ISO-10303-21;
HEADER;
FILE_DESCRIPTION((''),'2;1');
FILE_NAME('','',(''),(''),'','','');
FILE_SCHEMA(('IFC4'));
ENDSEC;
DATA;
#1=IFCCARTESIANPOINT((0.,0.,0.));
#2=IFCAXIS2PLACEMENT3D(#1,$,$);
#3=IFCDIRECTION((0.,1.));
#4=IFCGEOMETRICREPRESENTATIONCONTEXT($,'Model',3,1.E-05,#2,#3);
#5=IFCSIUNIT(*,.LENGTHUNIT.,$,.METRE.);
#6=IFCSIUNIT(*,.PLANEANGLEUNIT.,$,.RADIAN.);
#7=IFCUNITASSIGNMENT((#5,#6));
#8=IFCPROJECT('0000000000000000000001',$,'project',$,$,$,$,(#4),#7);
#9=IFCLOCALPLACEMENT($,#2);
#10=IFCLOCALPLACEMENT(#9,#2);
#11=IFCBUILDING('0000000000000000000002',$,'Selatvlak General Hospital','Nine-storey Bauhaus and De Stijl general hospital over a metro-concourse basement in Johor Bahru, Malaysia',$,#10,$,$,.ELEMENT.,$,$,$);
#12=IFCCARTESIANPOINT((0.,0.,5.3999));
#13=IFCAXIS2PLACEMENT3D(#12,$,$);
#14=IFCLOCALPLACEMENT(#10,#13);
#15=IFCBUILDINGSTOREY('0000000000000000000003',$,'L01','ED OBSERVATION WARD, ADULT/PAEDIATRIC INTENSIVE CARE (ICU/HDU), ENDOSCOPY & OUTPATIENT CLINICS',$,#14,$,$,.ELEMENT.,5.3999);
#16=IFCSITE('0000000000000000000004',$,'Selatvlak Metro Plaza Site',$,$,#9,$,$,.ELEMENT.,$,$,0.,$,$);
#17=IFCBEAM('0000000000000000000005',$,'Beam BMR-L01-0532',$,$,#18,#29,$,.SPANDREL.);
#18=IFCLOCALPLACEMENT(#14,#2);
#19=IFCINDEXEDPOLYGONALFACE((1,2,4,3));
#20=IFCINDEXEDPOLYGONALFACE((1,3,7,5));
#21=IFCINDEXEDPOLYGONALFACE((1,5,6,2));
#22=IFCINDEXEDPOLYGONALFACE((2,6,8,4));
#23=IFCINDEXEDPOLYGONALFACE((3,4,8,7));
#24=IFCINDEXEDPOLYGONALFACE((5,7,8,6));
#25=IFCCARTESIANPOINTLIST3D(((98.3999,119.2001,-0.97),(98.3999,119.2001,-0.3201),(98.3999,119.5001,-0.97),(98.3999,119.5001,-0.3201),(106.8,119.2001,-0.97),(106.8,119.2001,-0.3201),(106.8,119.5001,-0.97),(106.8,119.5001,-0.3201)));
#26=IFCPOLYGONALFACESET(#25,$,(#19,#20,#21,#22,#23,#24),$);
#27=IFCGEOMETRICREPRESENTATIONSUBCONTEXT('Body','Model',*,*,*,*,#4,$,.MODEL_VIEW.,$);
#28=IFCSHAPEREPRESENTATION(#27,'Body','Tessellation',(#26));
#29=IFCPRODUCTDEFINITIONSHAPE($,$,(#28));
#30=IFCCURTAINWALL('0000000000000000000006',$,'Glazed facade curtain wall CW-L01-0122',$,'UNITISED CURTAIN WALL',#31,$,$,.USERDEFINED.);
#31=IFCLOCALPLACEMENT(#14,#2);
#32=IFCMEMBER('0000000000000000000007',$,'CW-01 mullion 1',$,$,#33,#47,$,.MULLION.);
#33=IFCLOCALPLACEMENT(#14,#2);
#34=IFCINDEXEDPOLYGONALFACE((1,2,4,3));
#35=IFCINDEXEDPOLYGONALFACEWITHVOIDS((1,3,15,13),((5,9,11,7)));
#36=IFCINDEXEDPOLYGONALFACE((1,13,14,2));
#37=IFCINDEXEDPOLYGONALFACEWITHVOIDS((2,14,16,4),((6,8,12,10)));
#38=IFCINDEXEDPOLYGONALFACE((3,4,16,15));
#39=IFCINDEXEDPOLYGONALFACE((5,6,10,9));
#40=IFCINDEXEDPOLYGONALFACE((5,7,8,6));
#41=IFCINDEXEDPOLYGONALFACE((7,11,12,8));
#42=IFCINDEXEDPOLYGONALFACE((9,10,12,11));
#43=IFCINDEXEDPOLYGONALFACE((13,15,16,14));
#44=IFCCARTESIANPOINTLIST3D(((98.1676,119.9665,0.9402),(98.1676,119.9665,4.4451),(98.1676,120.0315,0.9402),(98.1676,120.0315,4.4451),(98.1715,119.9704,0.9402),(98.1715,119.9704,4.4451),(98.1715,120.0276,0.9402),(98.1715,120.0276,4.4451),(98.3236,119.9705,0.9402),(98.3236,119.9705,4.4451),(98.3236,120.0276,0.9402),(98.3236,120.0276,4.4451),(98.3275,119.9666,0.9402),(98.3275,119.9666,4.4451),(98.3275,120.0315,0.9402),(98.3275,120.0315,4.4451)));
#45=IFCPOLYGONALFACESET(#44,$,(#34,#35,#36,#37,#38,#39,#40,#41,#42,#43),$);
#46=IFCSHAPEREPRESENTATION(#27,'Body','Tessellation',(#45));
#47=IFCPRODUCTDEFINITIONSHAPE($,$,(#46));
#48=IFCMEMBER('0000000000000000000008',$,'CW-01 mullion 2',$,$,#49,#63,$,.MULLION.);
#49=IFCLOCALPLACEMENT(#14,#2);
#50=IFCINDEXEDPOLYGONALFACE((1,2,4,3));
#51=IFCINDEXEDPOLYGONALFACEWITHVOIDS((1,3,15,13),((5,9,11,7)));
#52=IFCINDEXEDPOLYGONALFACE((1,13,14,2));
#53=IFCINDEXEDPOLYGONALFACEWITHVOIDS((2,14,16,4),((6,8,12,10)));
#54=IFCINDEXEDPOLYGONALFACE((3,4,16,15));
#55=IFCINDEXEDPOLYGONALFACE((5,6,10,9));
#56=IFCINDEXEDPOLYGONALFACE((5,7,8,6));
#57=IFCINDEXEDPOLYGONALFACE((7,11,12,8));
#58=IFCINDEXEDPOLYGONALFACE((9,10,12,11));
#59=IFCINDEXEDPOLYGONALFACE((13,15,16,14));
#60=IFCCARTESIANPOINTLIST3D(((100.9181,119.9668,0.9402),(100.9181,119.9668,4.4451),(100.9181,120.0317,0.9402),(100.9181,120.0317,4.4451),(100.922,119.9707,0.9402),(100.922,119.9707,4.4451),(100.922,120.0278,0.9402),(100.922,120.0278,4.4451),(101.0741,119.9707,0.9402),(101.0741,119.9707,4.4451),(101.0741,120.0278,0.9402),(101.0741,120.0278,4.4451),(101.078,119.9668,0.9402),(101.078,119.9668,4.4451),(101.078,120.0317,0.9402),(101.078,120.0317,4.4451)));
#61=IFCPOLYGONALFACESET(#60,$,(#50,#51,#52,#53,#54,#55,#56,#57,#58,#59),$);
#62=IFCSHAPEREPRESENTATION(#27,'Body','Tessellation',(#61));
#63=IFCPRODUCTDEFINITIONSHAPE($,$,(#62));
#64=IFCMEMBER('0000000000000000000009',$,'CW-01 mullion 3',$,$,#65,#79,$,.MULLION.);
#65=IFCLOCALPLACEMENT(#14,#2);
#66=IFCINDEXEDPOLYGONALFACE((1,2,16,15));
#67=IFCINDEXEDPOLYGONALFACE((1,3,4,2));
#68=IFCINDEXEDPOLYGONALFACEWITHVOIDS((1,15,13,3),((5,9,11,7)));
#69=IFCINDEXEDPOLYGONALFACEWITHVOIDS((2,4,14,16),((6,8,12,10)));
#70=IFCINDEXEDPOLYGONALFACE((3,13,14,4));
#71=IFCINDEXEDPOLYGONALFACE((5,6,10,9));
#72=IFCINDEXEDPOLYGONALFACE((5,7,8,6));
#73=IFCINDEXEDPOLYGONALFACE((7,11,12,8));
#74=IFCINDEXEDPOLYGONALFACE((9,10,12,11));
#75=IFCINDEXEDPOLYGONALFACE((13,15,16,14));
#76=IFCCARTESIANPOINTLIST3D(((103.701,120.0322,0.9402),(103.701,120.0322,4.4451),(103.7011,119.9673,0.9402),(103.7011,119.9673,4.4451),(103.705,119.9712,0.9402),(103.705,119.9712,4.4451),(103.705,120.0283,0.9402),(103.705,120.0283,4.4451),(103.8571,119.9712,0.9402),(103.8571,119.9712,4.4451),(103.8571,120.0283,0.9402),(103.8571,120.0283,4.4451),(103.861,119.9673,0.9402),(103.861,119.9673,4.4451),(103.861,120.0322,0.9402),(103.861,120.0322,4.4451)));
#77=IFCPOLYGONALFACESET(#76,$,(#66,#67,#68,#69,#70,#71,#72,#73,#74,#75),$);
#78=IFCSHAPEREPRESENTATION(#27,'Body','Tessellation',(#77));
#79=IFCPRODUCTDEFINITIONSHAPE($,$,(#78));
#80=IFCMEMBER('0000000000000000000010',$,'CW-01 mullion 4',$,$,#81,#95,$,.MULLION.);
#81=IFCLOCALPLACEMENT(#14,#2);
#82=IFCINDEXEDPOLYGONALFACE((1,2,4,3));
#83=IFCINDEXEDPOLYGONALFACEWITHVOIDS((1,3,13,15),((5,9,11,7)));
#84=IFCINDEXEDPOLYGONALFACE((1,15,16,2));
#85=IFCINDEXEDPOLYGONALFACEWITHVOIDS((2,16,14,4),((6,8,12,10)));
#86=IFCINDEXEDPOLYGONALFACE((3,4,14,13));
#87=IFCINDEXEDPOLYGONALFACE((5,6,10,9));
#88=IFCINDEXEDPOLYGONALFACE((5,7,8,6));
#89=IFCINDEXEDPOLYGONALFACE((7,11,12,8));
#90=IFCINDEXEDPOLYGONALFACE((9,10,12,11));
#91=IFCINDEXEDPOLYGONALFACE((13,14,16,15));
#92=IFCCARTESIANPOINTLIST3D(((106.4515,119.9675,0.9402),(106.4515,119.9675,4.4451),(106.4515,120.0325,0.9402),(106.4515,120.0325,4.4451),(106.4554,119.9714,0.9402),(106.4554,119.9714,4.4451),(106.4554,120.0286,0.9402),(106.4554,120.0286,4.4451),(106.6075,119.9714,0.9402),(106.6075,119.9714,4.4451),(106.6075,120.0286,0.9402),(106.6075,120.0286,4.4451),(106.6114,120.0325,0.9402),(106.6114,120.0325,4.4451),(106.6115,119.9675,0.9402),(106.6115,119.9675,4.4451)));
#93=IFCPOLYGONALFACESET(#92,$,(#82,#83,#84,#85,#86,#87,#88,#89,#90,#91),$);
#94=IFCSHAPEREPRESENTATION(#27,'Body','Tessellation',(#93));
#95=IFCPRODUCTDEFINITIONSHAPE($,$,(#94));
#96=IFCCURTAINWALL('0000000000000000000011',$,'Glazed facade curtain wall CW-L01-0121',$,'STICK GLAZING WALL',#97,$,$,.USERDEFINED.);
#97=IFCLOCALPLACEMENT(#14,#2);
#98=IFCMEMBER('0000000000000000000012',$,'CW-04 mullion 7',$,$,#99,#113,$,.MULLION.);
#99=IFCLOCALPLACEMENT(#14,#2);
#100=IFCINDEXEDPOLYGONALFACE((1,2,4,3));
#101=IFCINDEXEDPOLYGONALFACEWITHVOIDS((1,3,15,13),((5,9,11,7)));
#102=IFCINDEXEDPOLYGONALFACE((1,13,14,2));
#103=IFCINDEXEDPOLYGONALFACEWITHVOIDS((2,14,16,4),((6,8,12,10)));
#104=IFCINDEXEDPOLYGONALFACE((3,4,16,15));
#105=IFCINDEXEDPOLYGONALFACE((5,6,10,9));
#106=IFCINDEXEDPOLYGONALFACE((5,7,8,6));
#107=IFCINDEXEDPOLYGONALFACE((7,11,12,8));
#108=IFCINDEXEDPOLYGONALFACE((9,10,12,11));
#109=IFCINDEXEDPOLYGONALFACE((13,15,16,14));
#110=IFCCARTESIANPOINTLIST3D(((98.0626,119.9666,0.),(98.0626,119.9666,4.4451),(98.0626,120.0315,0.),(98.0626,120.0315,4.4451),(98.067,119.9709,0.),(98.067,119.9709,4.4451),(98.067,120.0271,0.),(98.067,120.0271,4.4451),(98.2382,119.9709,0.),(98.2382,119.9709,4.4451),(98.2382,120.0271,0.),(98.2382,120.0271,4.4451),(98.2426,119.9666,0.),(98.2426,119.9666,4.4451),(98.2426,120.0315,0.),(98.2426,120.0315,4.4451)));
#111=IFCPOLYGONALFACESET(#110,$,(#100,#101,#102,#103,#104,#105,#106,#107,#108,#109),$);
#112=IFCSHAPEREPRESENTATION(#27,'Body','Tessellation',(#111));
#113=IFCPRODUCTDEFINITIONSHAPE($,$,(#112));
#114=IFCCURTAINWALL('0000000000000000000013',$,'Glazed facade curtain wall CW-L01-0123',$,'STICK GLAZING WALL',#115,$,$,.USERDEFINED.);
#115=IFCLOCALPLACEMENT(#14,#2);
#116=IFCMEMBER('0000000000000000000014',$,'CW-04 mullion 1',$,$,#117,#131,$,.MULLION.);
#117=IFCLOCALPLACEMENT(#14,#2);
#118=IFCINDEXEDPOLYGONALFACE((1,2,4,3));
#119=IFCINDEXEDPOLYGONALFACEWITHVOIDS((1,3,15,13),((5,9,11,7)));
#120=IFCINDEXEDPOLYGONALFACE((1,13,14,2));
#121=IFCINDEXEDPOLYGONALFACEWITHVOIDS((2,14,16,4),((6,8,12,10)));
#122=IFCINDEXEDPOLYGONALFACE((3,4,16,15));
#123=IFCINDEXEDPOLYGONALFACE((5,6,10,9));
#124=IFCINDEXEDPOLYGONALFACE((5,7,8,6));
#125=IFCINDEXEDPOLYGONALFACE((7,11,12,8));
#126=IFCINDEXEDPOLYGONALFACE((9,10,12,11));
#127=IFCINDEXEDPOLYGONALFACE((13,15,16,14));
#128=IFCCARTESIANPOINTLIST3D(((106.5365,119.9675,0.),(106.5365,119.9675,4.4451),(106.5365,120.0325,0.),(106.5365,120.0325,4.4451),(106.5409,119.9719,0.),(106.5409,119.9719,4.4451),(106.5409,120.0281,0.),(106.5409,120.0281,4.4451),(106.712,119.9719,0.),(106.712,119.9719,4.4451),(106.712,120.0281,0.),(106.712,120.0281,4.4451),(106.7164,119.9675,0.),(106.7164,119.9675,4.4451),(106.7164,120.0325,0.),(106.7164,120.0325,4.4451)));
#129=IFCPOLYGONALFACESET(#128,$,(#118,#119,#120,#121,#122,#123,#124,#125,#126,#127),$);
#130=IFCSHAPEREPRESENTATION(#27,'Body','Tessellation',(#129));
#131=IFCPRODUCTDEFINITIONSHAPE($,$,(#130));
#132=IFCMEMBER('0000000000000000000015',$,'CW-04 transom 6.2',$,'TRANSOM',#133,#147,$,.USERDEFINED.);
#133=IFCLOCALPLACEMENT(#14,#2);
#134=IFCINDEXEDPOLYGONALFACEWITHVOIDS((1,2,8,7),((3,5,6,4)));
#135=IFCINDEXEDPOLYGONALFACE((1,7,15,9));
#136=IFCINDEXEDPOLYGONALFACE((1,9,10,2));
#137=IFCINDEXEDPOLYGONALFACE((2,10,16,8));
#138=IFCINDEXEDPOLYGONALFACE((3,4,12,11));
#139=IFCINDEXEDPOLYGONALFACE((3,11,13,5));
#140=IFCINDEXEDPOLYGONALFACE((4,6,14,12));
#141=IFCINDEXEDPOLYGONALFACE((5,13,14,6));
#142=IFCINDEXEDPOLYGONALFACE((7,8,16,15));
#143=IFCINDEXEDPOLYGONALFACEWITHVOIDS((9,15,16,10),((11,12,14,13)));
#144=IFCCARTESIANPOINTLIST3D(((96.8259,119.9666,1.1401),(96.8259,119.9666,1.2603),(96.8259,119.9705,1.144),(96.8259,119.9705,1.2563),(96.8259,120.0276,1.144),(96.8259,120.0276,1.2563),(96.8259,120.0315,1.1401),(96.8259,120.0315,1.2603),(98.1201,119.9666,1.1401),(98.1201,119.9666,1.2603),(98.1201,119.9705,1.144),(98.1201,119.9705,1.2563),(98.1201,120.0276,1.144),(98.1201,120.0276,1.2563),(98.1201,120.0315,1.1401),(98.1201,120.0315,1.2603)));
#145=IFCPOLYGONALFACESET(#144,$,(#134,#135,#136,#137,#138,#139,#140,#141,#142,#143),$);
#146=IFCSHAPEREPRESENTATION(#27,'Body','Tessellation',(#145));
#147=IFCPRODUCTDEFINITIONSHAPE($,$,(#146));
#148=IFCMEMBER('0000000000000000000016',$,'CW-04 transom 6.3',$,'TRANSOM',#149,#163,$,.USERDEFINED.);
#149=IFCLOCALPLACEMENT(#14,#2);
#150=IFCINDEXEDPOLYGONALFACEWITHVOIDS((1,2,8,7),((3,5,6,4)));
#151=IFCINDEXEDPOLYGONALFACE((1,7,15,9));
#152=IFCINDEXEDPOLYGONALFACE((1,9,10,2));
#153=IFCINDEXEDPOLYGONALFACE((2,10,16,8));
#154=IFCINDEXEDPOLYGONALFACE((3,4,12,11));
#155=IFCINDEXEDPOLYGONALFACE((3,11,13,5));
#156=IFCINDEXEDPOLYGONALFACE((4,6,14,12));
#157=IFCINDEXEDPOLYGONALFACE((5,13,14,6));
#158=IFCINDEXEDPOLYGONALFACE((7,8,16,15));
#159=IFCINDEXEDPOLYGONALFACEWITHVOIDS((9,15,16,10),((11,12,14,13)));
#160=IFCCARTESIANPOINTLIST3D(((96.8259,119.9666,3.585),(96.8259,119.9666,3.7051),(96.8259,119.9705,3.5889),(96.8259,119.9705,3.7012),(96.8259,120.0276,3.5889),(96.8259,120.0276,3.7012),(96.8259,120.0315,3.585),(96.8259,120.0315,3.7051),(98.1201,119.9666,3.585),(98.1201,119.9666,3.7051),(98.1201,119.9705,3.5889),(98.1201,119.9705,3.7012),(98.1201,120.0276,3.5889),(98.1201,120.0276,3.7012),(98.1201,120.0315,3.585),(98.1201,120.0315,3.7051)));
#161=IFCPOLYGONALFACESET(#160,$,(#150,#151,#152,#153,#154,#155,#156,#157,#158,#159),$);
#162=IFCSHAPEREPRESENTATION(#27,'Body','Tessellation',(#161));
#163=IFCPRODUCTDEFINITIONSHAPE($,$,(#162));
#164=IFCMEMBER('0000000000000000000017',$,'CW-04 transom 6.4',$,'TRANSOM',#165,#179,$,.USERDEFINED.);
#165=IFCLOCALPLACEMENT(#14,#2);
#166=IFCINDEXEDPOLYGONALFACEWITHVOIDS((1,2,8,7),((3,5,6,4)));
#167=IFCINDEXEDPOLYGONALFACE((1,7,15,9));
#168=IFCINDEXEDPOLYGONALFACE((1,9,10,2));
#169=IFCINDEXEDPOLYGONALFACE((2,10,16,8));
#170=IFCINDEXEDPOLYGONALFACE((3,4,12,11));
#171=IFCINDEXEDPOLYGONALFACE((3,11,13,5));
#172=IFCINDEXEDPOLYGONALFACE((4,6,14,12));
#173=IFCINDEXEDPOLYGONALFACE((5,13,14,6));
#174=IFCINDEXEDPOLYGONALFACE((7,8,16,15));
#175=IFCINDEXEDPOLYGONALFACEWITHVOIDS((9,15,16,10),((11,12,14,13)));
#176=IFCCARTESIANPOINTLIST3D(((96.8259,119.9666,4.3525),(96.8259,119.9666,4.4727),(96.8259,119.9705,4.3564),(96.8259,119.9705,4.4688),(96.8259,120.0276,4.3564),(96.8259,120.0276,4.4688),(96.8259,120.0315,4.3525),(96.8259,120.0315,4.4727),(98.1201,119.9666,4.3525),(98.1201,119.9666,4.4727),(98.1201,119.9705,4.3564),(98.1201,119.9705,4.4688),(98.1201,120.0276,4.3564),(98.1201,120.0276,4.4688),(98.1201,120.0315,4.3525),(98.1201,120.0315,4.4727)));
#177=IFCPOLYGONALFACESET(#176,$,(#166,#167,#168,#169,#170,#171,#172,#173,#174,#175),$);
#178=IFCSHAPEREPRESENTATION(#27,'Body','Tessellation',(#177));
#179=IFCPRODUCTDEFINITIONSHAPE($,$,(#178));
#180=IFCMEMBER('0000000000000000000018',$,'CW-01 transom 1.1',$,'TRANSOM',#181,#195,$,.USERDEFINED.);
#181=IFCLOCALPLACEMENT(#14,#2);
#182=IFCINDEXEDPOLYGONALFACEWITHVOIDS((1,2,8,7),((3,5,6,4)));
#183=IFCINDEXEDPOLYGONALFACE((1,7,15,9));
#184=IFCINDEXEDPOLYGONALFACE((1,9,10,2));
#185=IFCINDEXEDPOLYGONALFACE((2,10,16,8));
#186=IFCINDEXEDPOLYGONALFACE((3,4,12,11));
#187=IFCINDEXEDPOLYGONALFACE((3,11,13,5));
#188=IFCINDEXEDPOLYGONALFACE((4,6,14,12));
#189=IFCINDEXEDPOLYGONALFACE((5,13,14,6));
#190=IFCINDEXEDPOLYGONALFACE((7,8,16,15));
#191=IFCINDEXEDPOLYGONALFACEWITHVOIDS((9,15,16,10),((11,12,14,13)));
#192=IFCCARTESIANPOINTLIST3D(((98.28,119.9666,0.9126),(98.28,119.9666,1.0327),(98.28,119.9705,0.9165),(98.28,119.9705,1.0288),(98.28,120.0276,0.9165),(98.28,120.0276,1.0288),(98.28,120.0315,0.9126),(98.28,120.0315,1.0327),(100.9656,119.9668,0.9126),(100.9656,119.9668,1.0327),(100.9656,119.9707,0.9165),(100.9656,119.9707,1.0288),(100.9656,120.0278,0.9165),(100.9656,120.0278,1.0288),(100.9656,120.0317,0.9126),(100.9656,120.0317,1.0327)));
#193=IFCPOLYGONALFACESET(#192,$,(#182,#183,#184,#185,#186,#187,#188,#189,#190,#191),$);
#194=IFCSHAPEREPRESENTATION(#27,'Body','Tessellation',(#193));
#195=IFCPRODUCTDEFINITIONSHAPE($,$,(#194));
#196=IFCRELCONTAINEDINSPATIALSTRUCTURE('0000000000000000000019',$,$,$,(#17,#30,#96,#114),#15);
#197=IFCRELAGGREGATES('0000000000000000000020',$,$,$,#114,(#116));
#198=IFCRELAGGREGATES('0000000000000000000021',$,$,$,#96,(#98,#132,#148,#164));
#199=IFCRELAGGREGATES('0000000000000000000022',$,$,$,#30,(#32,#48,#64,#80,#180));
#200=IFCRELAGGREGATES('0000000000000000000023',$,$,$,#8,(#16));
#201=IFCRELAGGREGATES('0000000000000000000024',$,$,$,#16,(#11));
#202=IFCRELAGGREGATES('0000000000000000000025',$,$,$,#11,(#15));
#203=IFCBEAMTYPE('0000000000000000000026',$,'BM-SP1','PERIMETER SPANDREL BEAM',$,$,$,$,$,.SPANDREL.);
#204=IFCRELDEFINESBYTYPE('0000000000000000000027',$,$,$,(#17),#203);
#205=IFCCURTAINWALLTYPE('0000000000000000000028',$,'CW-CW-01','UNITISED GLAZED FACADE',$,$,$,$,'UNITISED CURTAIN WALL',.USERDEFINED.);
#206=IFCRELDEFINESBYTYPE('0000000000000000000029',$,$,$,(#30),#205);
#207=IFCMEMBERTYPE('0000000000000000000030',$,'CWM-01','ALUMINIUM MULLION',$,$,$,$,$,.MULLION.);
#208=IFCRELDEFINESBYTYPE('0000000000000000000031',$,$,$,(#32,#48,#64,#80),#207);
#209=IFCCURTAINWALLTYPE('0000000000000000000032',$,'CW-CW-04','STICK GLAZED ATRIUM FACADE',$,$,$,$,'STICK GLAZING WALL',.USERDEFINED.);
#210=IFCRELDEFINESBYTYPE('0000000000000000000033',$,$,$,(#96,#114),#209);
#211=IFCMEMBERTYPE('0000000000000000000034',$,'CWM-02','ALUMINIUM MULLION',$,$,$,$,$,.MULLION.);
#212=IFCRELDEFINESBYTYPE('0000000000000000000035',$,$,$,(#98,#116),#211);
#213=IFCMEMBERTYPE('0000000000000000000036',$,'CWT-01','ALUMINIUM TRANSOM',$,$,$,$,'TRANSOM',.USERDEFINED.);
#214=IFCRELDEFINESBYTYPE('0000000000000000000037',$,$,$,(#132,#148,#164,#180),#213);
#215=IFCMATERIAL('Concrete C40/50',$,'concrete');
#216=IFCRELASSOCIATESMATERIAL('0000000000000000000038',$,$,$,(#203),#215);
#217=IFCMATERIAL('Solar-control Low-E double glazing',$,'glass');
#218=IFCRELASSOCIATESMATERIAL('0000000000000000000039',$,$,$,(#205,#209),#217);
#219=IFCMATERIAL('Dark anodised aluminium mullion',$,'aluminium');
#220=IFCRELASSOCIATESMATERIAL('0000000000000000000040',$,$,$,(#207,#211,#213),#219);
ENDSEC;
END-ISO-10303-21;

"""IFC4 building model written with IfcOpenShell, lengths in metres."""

from ifc_helpers import new_model, si_unit, direction, frame, origin, origin_2d, place, context, subcontext, project, spatial, rectangle, hollow_rectangle, extrude, material, material_profile, profile_set, type_object, element, aggregate, save


model = new_model("IFC4")

# Units and contexts
model_context = context("Model", 3, precision=1e-05, world=origin(), true_north=direction((0.0, 1.0)))
body_context = subcontext(model_context, "Body", "Model", "MODEL_VIEW")
ifc_project = project(units=[si_unit("LENGTHUNIT", "METRE"), si_unit("PLANEANGLEUNIT", "RADIAN")], contexts=[model_context])

# Site, building, storey
site_placement = place(None, origin())
site = spatial("IfcSite", under=ifc_project, at=site_placement, Name="Selatvlak Metro Plaza Site", CompositionType="ELEMENT", RefElevation=0.0)
building_placement = place(site_placement, origin())
building = spatial("IfcBuilding", under=site, at=building_placement, Name="Selatvlak General Hospital", Description="Nine-storey Bauhaus and De Stijl general hospital over a metro-concourse basement in Johor Bahru, Malaysia", CompositionType="ELEMENT")
storey_placement = place(building_placement, frame((0.0, 0.0, 5.3999)))
storey = spatial("IfcBuildingStorey", under=building, at=storey_placement, Name="L01", Description="ED OBSERVATION WARD, ADULT/PAEDIATRIC INTENSIVE CARE (ICU/HDU), ENDOSCOPY & OUTPATIENT CLINICS", CompositionType="ELEMENT", Elevation=5.3999)

# Beam
ifc_material_1 = material(Name="Concrete C40/50", Category="concrete")
ifc_material_profile_1 = material_profile(ifc_material_1, rectangle(XDim=0.3, YDim=0.6499, at=origin_2d()), Name="RC-SP 300x650")
ifc_profile_set_1 = profile_set([ifc_material_profile_1], Name="Concrete C40/50")
beam_type = type_object("IfcBeamType", Name="BM-SP1", Description="PERIMETER SPANDREL BEAM", PredefinedType="SPANDREL", material=ifc_profile_set_1)
beam_placement = place(storey_placement, frame((98.3999, 119.3501, -0.645), z_axis=(1.0, 0.0, 0.0), x_axis=(0.0, 1.0, 0.0)))
element("IfcBeam", 1, at=beam_placement, inside=storey, type_object=beam_type, Name="Beam BMR-L01-0532", PredefinedType="SPANDREL", context=body_context, shape_type="SweptSolid", body=[
    extrude(rectangle(XDim=0.3, YDim=0.6499, at=origin_2d()), origin(), (0.0, 0.0, 1.0), 8.4001),
])

# Curtain wall, members
ifc_material_2 = material(Name="Solar-control Low-E double glazing", Category="glass")
curtain_wall_type_1 = type_object("IfcCurtainWallType", Name="CW-CW-01", Description="UNITISED GLAZED FACADE", ElementType="UNITISED CURTAIN WALL", PredefinedType="USERDEFINED", material=ifc_material_2)
curtain_wall_1_placement = place(storey_placement, origin())
curtain_wall_1 = element("IfcCurtainWall", 2, at=curtain_wall_1_placement, inside=storey, type_object=curtain_wall_type_1, Name="Glazed facade curtain wall CW-L01-0122", ObjectType="UNITISED CURTAIN WALL", PredefinedType="USERDEFINED")
ifc_material_3 = material(Name="Dark anodised aluminium mullion", Category="aluminium")
ifc_material_profile_2 = material_profile(ifc_material_3, hollow_rectangle(XDim=0.0649, YDim=0.1599, WallThickness=0.0039, at=origin_2d()), Name="AL-MUL 65x160x4")
ifc_profile_set_2 = profile_set([ifc_material_profile_2], Name="Dark anodised aluminium mullion")
member_type_1 = type_object("IfcMemberType", Name="CWM-01", Description="ALUMINIUM MULLION", PredefinedType="MULLION", material=ifc_profile_set_2)
member_1_placement = place(storey_placement, frame((98.2476, 119.999, 0.9402), z_axis=(0.0, 0.0, 1.0), x_axis=(-0.00012, 1.0, 0.0)))
member_1 = element("IfcMember", 3, at=member_1_placement, type_object=member_type_1, Name="CW-01 mullion 1", PredefinedType="MULLION", context=body_context, shape_type="SweptSolid", body=[
    extrude(hollow_rectangle(XDim=0.0649, YDim=0.1599, WallThickness=0.0039, at=origin_2d()), origin(), (0.0, 0.0, 1.0), 3.5049),
])
member_2_placement = place(storey_placement, frame((100.998, 119.9993, 0.9402), z_axis=(0.0, 0.0, 1.0), x_axis=(-0.00012, 1.0, 0.0)))
member_2 = element("IfcMember", 4, at=member_2_placement, type_object=member_type_1, Name="CW-01 mullion 2", PredefinedType="MULLION", context=body_context, shape_type="SweptSolid", body=[
    extrude(hollow_rectangle(XDim=0.0649, YDim=0.1599, WallThickness=0.0039, at=origin_2d()), origin(), (0.0, 0.0, 1.0), 3.5049),
])
member_3_placement = place(storey_placement, frame((103.781, 119.9998, 0.9402), z_axis=(0.0, 0.0, 1.0), x_axis=(-0.00012, 1.0, 0.0)))
member_3 = element("IfcMember", 5, at=member_3_placement, type_object=member_type_1, Name="CW-01 mullion 3", PredefinedType="MULLION", context=body_context, shape_type="SweptSolid", body=[
    extrude(hollow_rectangle(XDim=0.0649, YDim=0.1599, WallThickness=0.0039, at=origin_2d()), origin(), (0.0, 0.0, 1.0), 3.5049),
])
member_4_placement = place(storey_placement, frame((106.5315, 120.0, 0.9402), z_axis=(0.0, 0.0, 1.0), x_axis=(-0.00012, 1.0, 0.0)))
member_4 = element("IfcMember", 6, at=member_4_placement, type_object=member_type_1, Name="CW-01 mullion 4", PredefinedType="MULLION", context=body_context, shape_type="SweptSolid", body=[
    extrude(hollow_rectangle(XDim=0.0649, YDim=0.1599, WallThickness=0.0039, at=origin_2d()), origin(), (0.0, 0.0, 1.0), 3.5049),
])

# Curtain walls, members
curtain_wall_type_2 = type_object("IfcCurtainWallType", Name="CW-CW-04", Description="STICK GLAZED ATRIUM FACADE", ElementType="STICK GLAZING WALL", PredefinedType="USERDEFINED", material=ifc_material_2)
curtain_wall_2_placement = place(storey_placement, origin())
curtain_wall_2 = element("IfcCurtainWall", 7, at=curtain_wall_2_placement, inside=storey, type_object=curtain_wall_type_2, Name="Glazed facade curtain wall CW-L01-0121", ObjectType="STICK GLAZING WALL", PredefinedType="USERDEFINED")
ifc_material_profile_3 = material_profile(ifc_material_3, hollow_rectangle(XDim=0.0649, YDim=0.1799, WallThickness=0.0044, at=origin_2d()), Name="AL-MUL 65x180x4.5")
ifc_profile_set_3 = profile_set([ifc_material_profile_3], Name="Dark anodised aluminium mullion")
member_type_2 = type_object("IfcMemberType", Name="CWM-02", Description="ALUMINIUM MULLION", PredefinedType="MULLION", material=ifc_profile_set_3)
member_5_placement = place(storey_placement, frame((98.1526, 119.999, 0.0), z_axis=(0.0, 0.0, 1.0), x_axis=(0.0, 1.0, 0.0)))
member_5 = element("IfcMember", 8, at=member_5_placement, type_object=member_type_2, Name="CW-04 mullion 7", PredefinedType="MULLION", context=body_context, shape_type="SweptSolid", body=[
    extrude(hollow_rectangle(XDim=0.0649, YDim=0.1799, WallThickness=0.0044, at=origin_2d()), origin(), (0.0, 0.0, 1.0), 4.4451),
])
curtain_wall_3_placement = place(storey_placement, origin())
curtain_wall_3 = element("IfcCurtainWall", 9, at=curtain_wall_3_placement, inside=storey, type_object=curtain_wall_type_2, Name="Glazed facade curtain wall CW-L01-0123", ObjectType="STICK GLAZING WALL", PredefinedType="USERDEFINED")
member_6_placement = place(storey_placement, frame((106.6265, 120.0, 0.0), z_axis=(0.0, 0.0, 1.0), x_axis=(0.0, 1.0, 0.0)))
member_6 = element("IfcMember", 10, at=member_6_placement, type_object=member_type_2, Name="CW-04 mullion 1", PredefinedType="MULLION", context=body_context, shape_type="SweptSolid", body=[
    extrude(hollow_rectangle(XDim=0.0649, YDim=0.1799, WallThickness=0.0044, at=origin_2d()), origin(), (0.0, 0.0, 1.0), 4.4451),
])
aggregate(curtain_wall_3, [member_6])

# Members
ifc_material_profile_4 = material_profile(ifc_material_3, hollow_rectangle(XDim=0.0649, YDim=0.1201, WallThickness=0.0039, at=origin_2d()), Name="AL-TRN 65x120x4")
ifc_profile_set_4 = profile_set([ifc_material_profile_4], Name="Dark anodised aluminium mullion")
member_type_3 = type_object("IfcMemberType", Name="CWT-01", Description="ALUMINIUM TRANSOM", ElementType="TRANSOM", PredefinedType="USERDEFINED", material=ifc_profile_set_4)
member_7_placement = place(storey_placement, frame((96.8259, 119.999, 1.2002), z_axis=(1.0, 0.0, 0.0), x_axis=(0.0, 1.0, 0.0)))
member_7 = element("IfcMember", 11, at=member_7_placement, type_object=member_type_3, Name="CW-04 transom 6.2", ObjectType="TRANSOM", PredefinedType="USERDEFINED", context=body_context, shape_type="SweptSolid", body=[
    extrude(hollow_rectangle(XDim=0.0649, YDim=0.1201, WallThickness=0.0039, at=origin_2d()), origin(), (0.0, 0.0, 1.0), 1.2942),
])
member_8_placement = place(storey_placement, frame((96.8259, 119.999, 3.645), z_axis=(1.0, 0.0, 0.0), x_axis=(0.0, 1.0, 0.0)))
member_8 = element("IfcMember", 12, at=member_8_placement, type_object=member_type_3, Name="CW-04 transom 6.3", ObjectType="TRANSOM", PredefinedType="USERDEFINED", context=body_context, shape_type="SweptSolid", body=[
    extrude(hollow_rectangle(XDim=0.0649, YDim=0.1201, WallThickness=0.0039, at=origin_2d()), origin(), (0.0, 0.0, 1.0), 1.2942),
])
member_9_placement = place(storey_placement, frame((96.8259, 119.999, 4.4126), z_axis=(1.0, 0.0, 0.0), x_axis=(0.0, 1.0, 0.0)))
member_9 = element("IfcMember", 13, at=member_9_placement, type_object=member_type_3, Name="CW-04 transom 6.4", ObjectType="TRANSOM", PredefinedType="USERDEFINED", context=body_context, shape_type="SweptSolid", body=[
    extrude(hollow_rectangle(XDim=0.0649, YDim=0.1201, WallThickness=0.0039, at=origin_2d()), origin(), (0.0, 0.0, 1.0), 1.2942),
])
member_10_placement = place(storey_placement, frame((98.28, 119.999, 0.9727), z_axis=(1.0, 0.000091, 0.0), x_axis=(-0.000091, 1.0, 0.0)))
member_10 = element("IfcMember", 14, at=member_10_placement, type_object=member_type_3, Name="CW-01 transom 1.1", ObjectType="TRANSOM", PredefinedType="USERDEFINED", context=body_context, shape_type="SweptSolid", body=[
    extrude(hollow_rectangle(XDim=0.0649, YDim=0.1201, WallThickness=0.0039, at=origin_2d()), origin(), (0.0, 0.0, 1.0), 2.6855),
])

aggregate(curtain_wall_2, [member_5, member_7, member_8, member_9])
aggregate(curtain_wall_1, [member_1, member_2, member_3, member_4, member_10])

save(model, "model.ifc")
